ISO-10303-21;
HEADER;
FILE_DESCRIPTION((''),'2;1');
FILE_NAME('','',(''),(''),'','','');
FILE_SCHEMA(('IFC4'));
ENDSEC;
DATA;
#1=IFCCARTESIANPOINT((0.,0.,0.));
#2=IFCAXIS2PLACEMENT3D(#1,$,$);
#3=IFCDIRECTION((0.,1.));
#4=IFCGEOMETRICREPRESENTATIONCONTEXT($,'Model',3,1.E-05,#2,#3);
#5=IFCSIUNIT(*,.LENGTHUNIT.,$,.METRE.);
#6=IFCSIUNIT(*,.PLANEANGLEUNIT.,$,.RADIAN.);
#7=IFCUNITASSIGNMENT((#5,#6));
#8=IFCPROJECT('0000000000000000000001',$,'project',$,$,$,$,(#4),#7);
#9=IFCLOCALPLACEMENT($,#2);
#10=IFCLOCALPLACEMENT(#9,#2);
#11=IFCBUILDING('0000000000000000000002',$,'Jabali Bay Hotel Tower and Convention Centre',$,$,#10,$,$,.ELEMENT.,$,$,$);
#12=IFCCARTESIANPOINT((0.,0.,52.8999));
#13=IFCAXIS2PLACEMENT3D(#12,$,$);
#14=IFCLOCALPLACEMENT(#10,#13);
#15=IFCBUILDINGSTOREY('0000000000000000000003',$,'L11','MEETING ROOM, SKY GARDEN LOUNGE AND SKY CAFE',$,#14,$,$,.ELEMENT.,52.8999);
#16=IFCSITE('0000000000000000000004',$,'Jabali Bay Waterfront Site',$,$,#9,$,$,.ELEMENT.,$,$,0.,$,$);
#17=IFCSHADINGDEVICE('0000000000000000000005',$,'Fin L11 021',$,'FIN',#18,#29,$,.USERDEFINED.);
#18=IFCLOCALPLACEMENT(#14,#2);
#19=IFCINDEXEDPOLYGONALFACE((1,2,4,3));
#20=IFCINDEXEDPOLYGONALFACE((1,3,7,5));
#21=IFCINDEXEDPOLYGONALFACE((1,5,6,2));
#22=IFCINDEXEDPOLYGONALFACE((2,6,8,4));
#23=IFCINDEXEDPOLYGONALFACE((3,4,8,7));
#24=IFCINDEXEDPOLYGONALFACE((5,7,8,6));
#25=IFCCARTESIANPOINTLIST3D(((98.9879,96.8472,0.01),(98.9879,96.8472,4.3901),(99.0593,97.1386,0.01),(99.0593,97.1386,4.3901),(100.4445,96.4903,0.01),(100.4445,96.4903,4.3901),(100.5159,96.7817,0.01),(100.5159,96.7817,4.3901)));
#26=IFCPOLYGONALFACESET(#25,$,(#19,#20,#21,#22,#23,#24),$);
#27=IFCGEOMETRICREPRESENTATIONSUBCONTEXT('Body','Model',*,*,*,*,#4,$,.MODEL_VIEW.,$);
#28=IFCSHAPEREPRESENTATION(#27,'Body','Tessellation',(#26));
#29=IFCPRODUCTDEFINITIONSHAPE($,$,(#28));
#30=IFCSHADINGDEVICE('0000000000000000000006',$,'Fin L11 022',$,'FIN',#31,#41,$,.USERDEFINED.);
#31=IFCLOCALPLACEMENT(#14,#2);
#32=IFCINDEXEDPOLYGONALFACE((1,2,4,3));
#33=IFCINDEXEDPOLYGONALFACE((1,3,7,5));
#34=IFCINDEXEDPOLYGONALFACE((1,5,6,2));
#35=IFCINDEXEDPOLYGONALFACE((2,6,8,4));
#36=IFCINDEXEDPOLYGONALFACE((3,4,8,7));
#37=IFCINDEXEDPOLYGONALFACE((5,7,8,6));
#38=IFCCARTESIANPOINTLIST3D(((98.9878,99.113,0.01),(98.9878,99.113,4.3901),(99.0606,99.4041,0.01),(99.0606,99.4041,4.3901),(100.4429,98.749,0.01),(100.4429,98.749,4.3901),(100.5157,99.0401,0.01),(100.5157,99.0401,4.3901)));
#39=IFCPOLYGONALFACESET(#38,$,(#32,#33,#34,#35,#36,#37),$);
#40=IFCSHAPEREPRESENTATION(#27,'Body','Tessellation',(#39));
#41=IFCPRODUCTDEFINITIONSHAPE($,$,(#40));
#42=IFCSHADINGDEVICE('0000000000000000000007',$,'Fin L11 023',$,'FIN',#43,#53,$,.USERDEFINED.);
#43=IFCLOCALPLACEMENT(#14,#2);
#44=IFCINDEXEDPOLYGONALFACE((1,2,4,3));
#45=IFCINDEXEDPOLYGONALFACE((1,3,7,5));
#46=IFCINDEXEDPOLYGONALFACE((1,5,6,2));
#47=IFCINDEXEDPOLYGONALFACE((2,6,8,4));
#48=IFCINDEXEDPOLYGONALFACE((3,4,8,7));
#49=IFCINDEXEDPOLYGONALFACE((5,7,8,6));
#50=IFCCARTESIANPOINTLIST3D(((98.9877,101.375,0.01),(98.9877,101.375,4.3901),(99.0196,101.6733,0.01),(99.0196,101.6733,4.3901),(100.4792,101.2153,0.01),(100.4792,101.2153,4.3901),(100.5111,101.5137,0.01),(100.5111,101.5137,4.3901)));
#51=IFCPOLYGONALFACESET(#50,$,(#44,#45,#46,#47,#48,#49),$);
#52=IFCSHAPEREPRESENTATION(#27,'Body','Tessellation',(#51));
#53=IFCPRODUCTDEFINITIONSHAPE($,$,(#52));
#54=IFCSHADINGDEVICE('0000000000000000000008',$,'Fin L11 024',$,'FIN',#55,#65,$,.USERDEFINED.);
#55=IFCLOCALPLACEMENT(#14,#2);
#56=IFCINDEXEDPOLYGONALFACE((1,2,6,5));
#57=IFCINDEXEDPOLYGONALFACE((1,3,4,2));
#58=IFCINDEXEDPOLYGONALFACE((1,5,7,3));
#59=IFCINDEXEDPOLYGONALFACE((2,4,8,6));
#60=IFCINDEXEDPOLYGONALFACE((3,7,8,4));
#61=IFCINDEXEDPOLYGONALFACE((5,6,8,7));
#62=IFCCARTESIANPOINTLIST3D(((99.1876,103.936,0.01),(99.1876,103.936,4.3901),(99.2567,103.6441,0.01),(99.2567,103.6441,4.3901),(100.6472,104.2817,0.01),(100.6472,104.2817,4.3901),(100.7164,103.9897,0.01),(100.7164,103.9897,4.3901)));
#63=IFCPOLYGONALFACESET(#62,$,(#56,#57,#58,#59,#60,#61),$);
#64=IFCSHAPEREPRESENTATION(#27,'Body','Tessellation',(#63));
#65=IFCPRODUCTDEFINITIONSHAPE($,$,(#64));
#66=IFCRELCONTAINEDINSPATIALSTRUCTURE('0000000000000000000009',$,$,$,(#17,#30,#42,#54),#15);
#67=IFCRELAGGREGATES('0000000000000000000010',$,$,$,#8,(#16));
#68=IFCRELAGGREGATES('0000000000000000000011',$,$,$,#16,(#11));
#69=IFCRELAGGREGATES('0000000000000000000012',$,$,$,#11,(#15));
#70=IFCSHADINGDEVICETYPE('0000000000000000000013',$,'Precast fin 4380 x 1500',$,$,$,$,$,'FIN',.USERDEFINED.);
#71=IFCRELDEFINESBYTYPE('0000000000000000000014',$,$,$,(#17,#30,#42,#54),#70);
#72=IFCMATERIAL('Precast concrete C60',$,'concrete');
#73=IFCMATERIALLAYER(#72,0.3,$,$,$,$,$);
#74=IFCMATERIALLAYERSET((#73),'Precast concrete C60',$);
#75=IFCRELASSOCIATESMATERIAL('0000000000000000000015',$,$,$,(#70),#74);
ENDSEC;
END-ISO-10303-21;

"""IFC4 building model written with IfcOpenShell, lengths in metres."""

from ifc_helpers import new_model, si_unit, direction, frame, frame_2d, origin, place, context, subcontext, project, spatial, rectangle, extrude, material, layer, layer_set, type_object, element, save


model = new_model("IFC4")

# Units and contexts
model_context = context("Model", 3, precision=1e-05, world=origin(), true_north=direction((0.0, 1.0)))
body_context = subcontext(model_context, "Body", "Model", "MODEL_VIEW")
ifc_project = project(units=[si_unit("LENGTHUNIT", "METRE"), si_unit("PLANEANGLEUNIT", "RADIAN")], contexts=[model_context])

# Site, building, storey
site_placement = place(None, origin())
site = spatial("IfcSite", under=ifc_project, at=site_placement, Name="Jabali Bay Waterfront Site", CompositionType="ELEMENT", RefElevation=0.0)
building_placement = place(site_placement, origin())
building = spatial("IfcBuilding", under=site, at=building_placement, Name="Jabali Bay Hotel Tower and Convention Centre", CompositionType="ELEMENT")
storey_placement = place(building_placement, frame((0.0, 0.0, 52.8999)))
storey = spatial("IfcBuildingStorey", under=building, at=storey_placement, Name="L11", Description="MEETING ROOM, SKY GARDEN LOUNGE AND SKY CAFE", CompositionType="ELEMENT", Elevation=52.8999)

# Shading devices
ifc_material_1 = material(Name="Precast concrete C60", Category="concrete")
ifc_layer_1 = layer(ifc_material_1, 0.3)
ifc_layer_set_1 = layer_set([ifc_layer_1], Name="Precast concrete C60")
shading_device_type = type_object("IfcShadingDeviceType", Name="Precast fin 4380 x 1500", ElementType="FIN", PredefinedType="USERDEFINED", material=ifc_layer_set_1)
shading_device_1_placement = place(storey_placement, frame((99.0234, 96.9929, 0.01), z_axis=(0.0, 0.0, 1.0), x_axis=(0.971271, -0.237975, 0.0)))
element("IfcShadingDevice", 1, at=shading_device_1_placement, inside=storey, type_object=shading_device_type, Name="Fin L11 021", ObjectType="FIN", PredefinedType="USERDEFINED", context=body_context, shape_type="SweptSolid", body=[
    extrude(rectangle(XDim=1.4998, YDim=0.3, at=frame_2d((0.75, 0.0))), origin(), (0.0, 0.0, 1.0), 4.3801),
])
for number, where, z_axis, x_axis, name in (
    (2, (99.0242, 99.2585, 0.01), (0.0, 0.0, 1.0), (0.970104, -0.242689, 0.0), "Fin L11 022"),
    (3, (99.0037, 101.5242, 0.01), (0.0, 0.0, 1.0), (0.994318, -0.106447, 0.0), "Fin L11 023"),
    (4, (99.2222, 103.79, 0.01), (0.0, 0.0, 1.0), (0.973083, 0.230454, 0.0), "Fin L11 024"),
):
    element("IfcShadingDevice", number, at=place(storey_placement, frame(where, z_axis=z_axis, x_axis=x_axis)), inside=storey, type_object=shading_device_type, Name=name, ObjectType="FIN", PredefinedType="USERDEFINED", context=body_context, shape_type="SweptSolid", body=[
        extrude(rectangle(XDim=1.5, YDim=0.3, at=frame_2d((0.75, 0.0))), origin(), (0.0, 0.0, 1.0), 4.3801),
    ])

save(model, "model.ifc")
